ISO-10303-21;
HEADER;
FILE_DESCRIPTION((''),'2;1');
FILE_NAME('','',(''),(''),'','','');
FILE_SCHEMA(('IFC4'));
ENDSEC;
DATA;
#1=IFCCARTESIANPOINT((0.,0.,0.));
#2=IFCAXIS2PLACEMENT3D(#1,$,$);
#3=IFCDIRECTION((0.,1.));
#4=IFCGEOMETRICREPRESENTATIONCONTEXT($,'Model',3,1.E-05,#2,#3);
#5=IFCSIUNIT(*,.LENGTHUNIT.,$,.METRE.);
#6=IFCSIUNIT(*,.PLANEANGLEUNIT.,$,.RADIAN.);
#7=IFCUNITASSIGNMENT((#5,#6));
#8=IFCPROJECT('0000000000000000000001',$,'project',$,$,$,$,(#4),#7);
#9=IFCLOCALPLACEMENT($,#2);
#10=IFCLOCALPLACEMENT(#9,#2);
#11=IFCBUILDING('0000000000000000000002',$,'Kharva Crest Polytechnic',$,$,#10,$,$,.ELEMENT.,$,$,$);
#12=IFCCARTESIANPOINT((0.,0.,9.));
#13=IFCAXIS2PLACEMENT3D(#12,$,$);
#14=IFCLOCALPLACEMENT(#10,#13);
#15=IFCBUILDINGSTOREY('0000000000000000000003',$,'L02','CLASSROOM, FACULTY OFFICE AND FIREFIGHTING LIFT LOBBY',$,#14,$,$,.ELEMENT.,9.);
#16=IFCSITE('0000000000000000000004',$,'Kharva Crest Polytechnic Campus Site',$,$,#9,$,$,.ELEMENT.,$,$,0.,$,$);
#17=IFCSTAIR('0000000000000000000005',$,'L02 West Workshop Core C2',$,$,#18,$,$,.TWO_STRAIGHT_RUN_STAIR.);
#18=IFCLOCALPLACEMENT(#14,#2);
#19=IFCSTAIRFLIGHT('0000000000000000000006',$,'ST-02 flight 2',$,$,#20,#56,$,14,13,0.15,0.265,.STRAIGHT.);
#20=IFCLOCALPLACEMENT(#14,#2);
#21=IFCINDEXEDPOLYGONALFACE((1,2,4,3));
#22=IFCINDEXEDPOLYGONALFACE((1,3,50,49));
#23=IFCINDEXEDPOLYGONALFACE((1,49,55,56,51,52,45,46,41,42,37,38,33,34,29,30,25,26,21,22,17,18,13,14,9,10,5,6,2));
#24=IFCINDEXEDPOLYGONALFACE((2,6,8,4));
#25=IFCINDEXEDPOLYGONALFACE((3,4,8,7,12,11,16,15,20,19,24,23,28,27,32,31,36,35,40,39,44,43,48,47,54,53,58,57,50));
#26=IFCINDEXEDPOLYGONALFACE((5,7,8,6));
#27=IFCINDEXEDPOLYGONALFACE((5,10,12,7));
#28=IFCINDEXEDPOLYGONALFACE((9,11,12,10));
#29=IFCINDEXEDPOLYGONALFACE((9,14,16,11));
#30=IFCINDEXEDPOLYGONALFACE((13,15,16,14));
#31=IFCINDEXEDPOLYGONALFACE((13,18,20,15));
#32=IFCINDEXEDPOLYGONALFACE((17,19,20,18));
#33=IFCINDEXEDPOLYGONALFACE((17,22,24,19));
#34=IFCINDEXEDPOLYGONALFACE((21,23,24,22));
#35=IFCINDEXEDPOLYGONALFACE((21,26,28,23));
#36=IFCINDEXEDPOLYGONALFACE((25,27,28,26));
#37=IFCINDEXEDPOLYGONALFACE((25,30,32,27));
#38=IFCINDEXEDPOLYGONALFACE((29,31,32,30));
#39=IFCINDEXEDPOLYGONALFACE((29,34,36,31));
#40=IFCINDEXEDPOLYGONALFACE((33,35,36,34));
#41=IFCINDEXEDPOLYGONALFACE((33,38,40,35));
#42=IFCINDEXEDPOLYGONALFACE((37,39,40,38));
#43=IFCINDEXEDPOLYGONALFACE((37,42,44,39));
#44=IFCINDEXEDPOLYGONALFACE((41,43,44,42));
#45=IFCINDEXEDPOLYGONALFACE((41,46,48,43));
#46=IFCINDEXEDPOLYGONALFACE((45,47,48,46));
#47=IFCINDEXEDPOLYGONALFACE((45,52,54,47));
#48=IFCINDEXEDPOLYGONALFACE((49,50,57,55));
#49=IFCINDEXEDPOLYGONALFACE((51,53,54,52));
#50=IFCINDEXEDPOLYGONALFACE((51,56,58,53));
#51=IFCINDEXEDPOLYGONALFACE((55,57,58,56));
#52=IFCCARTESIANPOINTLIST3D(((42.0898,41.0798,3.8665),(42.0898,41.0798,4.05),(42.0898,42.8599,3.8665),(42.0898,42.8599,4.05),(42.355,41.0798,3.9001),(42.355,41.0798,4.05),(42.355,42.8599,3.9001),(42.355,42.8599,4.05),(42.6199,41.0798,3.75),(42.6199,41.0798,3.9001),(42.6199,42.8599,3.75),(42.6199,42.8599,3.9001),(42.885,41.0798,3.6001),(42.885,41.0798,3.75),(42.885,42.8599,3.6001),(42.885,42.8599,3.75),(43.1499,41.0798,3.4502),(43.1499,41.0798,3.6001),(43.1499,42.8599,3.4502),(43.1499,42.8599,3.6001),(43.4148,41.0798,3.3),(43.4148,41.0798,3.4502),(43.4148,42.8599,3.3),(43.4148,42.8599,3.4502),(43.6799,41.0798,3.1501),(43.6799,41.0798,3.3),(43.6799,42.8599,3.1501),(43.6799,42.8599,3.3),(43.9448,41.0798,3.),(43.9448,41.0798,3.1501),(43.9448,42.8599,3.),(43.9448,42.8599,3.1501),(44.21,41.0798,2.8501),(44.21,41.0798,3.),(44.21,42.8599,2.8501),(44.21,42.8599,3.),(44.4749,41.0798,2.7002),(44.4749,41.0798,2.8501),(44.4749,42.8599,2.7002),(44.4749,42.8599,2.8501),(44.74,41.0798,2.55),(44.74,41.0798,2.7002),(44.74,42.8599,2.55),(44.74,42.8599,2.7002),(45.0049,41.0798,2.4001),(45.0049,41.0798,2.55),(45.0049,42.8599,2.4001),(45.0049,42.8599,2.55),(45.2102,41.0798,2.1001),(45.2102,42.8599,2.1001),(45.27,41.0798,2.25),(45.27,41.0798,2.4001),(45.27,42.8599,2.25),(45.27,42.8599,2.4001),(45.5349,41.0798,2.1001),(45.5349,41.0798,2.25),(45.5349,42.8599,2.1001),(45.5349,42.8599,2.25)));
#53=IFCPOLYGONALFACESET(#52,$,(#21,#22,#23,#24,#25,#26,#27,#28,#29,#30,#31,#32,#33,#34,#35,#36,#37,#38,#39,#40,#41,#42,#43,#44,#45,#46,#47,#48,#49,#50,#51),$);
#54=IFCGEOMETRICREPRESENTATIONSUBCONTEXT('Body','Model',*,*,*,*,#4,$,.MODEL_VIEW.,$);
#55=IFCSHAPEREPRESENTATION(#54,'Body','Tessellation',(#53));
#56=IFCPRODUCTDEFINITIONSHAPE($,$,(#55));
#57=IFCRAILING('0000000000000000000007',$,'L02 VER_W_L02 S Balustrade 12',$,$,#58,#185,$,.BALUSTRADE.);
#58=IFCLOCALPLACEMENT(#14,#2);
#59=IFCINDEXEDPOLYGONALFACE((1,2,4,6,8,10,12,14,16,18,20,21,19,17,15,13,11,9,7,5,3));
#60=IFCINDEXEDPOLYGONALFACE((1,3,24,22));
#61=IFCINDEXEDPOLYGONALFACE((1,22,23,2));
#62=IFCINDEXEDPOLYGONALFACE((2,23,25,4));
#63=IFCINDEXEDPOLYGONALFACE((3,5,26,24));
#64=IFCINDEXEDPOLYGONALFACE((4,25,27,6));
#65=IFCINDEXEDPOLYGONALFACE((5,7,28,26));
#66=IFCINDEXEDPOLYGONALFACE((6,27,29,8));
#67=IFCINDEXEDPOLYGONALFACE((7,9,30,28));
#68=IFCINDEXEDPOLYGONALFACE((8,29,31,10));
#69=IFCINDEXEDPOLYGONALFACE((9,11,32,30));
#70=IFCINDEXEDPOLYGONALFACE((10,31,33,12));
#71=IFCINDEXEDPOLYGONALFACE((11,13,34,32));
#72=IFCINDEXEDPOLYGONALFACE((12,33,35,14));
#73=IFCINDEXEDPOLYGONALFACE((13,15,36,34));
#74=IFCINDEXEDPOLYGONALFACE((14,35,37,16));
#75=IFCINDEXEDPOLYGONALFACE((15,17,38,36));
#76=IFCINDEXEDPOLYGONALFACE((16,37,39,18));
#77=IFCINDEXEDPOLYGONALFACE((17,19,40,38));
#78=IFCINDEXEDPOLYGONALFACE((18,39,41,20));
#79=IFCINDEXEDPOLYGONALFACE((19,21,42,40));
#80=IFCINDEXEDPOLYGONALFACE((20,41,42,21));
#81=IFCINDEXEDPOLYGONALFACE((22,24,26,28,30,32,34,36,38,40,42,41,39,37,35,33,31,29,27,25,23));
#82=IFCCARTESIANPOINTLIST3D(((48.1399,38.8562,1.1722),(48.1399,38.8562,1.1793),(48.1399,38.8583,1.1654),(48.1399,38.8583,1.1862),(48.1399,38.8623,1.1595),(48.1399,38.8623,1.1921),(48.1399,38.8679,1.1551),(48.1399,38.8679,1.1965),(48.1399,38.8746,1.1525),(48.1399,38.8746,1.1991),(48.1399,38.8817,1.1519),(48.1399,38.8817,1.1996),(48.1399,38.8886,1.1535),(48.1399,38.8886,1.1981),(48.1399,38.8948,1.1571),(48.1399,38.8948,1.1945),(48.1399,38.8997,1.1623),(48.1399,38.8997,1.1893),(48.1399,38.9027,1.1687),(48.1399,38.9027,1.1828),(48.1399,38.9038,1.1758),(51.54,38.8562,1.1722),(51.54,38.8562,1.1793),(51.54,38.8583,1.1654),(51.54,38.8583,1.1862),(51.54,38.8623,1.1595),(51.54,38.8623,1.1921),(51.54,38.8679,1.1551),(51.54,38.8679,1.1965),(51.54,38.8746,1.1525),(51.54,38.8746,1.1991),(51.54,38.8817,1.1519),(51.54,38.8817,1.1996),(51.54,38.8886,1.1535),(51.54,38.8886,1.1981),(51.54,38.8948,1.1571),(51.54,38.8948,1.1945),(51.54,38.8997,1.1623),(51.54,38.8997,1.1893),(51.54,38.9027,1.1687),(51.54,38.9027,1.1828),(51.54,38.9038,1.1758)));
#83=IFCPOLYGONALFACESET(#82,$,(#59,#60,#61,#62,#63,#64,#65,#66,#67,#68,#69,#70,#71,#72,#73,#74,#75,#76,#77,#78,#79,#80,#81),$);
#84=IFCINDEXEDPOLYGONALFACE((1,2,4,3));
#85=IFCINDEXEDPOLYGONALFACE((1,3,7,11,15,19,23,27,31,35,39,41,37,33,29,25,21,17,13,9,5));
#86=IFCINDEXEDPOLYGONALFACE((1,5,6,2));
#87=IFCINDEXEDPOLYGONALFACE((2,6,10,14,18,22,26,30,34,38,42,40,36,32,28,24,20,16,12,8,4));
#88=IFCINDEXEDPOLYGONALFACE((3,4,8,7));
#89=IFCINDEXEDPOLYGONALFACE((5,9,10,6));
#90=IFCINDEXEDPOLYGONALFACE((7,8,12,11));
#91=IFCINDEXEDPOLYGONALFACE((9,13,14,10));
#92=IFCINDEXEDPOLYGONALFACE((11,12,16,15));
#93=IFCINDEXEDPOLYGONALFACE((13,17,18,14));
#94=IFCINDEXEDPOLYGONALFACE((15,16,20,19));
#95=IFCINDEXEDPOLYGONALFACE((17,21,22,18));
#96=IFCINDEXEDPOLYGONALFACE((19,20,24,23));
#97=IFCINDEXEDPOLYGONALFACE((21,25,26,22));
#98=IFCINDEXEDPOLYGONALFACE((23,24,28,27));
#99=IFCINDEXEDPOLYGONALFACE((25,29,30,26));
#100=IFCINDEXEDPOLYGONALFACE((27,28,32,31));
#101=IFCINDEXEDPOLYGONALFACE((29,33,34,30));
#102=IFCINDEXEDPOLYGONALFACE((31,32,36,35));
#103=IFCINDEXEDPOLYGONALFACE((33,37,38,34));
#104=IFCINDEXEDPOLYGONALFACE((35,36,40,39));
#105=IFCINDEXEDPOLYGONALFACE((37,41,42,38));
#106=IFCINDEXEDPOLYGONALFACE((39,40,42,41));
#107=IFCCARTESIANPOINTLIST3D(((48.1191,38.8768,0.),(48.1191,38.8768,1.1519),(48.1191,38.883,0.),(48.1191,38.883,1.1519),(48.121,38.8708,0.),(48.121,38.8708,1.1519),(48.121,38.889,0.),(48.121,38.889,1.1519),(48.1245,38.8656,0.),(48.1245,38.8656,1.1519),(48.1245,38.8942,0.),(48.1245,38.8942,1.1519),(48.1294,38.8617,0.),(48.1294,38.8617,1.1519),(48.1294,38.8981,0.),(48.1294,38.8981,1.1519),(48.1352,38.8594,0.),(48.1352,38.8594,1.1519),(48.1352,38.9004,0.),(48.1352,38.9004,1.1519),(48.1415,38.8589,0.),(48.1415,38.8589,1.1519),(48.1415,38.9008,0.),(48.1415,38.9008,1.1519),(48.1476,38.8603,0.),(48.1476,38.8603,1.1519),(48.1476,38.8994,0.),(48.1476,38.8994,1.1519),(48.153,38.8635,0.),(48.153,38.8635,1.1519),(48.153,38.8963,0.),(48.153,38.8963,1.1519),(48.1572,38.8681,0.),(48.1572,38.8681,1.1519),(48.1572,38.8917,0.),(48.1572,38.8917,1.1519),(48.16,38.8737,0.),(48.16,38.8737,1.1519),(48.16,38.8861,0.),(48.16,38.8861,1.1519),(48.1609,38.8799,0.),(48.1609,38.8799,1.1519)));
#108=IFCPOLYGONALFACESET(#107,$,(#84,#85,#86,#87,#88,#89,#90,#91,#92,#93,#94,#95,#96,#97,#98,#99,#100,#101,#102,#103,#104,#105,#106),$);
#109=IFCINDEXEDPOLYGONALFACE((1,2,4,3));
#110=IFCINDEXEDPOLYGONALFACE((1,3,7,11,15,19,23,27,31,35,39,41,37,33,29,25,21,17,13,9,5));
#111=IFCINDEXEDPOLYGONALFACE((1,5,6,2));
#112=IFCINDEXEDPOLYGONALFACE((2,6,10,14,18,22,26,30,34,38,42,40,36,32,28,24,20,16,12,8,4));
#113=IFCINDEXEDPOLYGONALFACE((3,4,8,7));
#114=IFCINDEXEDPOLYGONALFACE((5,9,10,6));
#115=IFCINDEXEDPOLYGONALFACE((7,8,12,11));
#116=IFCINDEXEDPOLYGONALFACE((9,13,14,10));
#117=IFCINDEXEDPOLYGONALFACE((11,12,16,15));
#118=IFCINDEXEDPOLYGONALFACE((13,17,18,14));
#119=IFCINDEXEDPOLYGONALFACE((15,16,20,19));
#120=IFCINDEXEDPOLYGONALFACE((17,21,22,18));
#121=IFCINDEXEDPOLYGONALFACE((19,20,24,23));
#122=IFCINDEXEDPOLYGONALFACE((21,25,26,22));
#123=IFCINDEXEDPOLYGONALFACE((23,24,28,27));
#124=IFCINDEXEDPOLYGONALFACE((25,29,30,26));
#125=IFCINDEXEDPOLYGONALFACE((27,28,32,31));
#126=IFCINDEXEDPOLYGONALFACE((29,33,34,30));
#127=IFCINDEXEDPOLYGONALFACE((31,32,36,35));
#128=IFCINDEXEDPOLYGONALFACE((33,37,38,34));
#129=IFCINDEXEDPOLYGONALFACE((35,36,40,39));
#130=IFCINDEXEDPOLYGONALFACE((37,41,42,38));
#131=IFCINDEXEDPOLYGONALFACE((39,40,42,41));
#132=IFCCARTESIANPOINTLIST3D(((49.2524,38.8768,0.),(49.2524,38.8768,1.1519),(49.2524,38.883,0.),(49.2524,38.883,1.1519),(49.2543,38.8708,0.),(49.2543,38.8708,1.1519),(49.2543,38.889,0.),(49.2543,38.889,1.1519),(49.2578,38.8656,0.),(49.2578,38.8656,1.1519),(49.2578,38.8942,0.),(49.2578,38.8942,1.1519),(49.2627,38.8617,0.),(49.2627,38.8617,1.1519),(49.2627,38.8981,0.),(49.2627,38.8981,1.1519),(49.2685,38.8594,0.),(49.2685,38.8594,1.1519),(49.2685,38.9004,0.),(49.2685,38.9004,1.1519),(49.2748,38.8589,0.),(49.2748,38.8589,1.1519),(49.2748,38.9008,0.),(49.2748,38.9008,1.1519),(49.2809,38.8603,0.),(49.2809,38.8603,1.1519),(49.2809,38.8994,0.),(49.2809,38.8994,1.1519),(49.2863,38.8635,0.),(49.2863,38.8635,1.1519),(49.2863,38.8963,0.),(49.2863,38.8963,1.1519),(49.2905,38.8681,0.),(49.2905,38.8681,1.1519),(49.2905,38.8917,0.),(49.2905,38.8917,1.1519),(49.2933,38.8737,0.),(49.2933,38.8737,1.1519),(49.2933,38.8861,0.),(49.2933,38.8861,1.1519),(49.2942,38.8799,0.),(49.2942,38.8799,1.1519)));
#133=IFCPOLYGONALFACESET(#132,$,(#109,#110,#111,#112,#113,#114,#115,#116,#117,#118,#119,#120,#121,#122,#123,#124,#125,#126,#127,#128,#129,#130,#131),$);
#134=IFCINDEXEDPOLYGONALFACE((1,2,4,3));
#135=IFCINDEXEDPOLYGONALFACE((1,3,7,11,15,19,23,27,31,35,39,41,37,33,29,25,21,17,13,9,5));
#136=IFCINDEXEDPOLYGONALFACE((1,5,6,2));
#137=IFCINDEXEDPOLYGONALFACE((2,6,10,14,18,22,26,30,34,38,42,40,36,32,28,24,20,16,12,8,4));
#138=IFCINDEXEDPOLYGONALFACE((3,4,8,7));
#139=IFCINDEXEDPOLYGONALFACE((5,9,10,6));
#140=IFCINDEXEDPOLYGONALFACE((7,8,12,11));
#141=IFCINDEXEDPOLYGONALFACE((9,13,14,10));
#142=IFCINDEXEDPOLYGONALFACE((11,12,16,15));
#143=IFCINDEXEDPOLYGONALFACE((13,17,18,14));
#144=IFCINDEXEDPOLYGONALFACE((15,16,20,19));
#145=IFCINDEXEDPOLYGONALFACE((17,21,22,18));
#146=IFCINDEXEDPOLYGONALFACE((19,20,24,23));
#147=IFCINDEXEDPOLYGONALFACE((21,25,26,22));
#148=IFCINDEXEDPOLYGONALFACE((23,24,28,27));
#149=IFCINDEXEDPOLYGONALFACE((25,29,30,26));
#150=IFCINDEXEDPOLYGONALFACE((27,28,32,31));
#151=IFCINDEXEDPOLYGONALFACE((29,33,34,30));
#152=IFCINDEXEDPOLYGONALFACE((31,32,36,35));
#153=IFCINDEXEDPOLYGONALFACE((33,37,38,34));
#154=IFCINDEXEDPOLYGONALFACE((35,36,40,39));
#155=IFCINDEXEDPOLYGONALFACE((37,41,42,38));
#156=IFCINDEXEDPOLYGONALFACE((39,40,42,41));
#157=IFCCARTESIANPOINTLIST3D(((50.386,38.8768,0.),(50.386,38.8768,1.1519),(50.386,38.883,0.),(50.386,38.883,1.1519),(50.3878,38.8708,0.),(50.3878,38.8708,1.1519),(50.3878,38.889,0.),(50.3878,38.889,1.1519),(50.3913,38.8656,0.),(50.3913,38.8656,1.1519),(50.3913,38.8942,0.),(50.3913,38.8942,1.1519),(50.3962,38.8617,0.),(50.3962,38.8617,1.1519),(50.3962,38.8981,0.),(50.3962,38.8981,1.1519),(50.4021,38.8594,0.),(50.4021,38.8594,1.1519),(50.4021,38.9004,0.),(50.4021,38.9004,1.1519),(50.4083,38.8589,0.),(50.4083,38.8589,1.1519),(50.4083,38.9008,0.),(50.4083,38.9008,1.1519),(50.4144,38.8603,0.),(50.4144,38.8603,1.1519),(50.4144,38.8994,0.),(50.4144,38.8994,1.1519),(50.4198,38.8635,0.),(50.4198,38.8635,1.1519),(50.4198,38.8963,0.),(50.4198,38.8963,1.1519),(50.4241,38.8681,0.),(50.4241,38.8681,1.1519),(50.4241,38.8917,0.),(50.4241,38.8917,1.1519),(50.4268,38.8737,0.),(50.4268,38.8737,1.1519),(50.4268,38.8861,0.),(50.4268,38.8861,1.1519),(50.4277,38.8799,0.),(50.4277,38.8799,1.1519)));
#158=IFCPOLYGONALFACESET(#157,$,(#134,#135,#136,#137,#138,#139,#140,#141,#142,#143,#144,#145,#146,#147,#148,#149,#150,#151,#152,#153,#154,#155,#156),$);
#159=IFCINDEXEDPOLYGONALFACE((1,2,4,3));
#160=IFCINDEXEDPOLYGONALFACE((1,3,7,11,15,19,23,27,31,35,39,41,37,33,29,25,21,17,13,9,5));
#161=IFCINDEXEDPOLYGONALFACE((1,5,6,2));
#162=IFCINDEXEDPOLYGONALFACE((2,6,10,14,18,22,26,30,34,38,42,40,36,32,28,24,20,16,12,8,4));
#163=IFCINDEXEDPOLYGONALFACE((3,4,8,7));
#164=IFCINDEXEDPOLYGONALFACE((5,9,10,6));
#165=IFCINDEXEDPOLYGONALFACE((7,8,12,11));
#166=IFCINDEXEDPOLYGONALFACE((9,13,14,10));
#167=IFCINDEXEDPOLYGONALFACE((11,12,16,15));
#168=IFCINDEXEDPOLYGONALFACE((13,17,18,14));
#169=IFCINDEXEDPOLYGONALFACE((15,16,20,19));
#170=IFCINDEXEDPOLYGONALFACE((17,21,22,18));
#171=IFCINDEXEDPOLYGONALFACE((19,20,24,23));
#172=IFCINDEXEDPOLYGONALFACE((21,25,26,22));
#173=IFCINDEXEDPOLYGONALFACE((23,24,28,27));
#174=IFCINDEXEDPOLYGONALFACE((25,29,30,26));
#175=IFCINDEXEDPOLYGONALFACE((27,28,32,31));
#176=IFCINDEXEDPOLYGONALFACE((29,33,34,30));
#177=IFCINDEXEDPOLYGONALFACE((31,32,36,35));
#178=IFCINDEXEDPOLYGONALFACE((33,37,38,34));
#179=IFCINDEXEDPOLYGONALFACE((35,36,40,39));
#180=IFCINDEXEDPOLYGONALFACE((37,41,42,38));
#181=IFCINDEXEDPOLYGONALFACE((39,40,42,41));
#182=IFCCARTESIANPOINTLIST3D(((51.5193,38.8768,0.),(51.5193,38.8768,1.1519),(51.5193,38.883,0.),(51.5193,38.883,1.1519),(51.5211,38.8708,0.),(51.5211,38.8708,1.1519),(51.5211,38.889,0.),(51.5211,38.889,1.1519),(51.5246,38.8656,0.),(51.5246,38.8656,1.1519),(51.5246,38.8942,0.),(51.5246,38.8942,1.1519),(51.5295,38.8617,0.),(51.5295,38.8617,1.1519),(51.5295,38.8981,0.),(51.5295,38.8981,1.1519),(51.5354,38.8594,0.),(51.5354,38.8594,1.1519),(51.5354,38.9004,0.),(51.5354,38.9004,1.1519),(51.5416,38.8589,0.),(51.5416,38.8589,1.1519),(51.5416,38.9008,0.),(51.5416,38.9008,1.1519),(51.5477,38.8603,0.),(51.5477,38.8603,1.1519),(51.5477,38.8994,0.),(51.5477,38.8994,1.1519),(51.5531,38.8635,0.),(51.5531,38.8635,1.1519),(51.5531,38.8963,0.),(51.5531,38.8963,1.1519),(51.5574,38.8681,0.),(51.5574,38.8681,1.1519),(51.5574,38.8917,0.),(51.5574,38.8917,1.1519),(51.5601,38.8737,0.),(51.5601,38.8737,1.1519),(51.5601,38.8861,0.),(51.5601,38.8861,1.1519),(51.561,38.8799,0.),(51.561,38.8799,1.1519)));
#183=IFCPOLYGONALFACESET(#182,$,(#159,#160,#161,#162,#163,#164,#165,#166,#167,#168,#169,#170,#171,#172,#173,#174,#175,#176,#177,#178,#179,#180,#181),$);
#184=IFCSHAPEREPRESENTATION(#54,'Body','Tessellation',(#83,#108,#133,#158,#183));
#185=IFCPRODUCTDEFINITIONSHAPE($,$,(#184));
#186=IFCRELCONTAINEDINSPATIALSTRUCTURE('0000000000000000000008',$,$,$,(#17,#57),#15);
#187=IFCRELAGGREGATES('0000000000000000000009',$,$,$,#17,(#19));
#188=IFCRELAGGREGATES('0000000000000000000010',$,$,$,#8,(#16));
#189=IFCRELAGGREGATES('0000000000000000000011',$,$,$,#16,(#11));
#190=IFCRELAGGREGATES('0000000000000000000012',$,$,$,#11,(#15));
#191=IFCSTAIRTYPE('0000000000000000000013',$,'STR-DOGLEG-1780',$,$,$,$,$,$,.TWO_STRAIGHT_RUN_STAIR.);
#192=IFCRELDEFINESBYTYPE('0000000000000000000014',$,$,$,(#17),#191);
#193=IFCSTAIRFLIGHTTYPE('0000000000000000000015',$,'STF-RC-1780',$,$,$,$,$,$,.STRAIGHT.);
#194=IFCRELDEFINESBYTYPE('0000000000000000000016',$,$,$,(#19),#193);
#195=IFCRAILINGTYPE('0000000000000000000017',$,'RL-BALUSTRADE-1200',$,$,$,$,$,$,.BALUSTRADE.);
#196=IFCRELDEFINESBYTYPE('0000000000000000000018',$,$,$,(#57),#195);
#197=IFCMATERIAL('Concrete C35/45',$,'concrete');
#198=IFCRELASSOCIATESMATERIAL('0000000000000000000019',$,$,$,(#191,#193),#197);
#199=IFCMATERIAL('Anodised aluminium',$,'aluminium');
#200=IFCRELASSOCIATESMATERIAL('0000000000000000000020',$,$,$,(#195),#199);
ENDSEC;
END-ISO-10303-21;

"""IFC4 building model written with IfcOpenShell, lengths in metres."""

from ifc_helpers import new_model, si_unit, direction, frame, origin, origin_2d, place, context, subcontext, project, spatial, polyline, circle, outline, extrude, material, type_object, element, aggregate, save


model = new_model("IFC4")

# Units and contexts
model_context = context("Model", 3, precision=1e-05, world=origin(), true_north=direction((0.0, 1.0)))
body_context = subcontext(model_context, "Body", "Model", "MODEL_VIEW")
ifc_project = project(units=[si_unit("LENGTHUNIT", "METRE"), si_unit("PLANEANGLEUNIT", "RADIAN")], contexts=[model_context])

# Site, building, storey
site_placement = place(None, origin())
site = spatial("IfcSite", under=ifc_project, at=site_placement, Name="Kharva Crest Polytechnic Campus Site", CompositionType="ELEMENT", RefElevation=0.0)
building_placement = place(site_placement, origin())
building = spatial("IfcBuilding", under=site, at=building_placement, Name="Kharva Crest Polytechnic", CompositionType="ELEMENT")
storey_placement = place(building_placement, frame((0.0, 0.0, 9.0)))
storey = spatial("IfcBuildingStorey", under=building, at=storey_placement, Name="L02", Description="CLASSROOM, FACULTY OFFICE AND FIREFIGHTING LIFT LOBBY", CompositionType="ELEMENT", Elevation=9.0)

# Shared definitions
ifc_material_1 = material(Name="Anodised aluminium", Category="aluminium")

# Stair, stair flight
ifc_material_2 = material(Name="Concrete C35/45", Category="concrete")
stair_type = type_object("IfcStairType", Name="STR-DOGLEG-1780", PredefinedType="TWO_STRAIGHT_RUN_STAIR", material=ifc_material_2)
stair_placement = place(storey_placement, origin())
stair = element("IfcStair", 1, at=stair_placement, inside=storey, type_object=stair_type, Name="L02 West Workshop Core C2", PredefinedType="TWO_STRAIGHT_RUN_STAIR")
stair_flight_type = type_object("IfcStairFlightType", Name="STF-RC-1780", PredefinedType="STRAIGHT", material=ifc_material_2)
stair_flight_1_placement = place(storey_placement, frame((45.5349, 41.97, 2.1001), z_axis=(0.0, 0.0, 1.0), x_axis=(-1.0, 0.0, 0.0)))
stair_flight_1 = element("IfcStairFlight", 2, at=stair_flight_1_placement, type_object=stair_flight_type, Name="ST-02 flight 2", NumberOfRisers=14, NumberOfTreads=13, PredefinedType="STRAIGHT", RiserHeight=0.15, TreadLength=0.265, context=body_context, shape_type="SweptSolid", body=[
    extrude(outline(polyline([(0.0, 0.0), (0.0, 0.1499), (0.2649, 0.1499), (0.2649, 0.3), (0.53, 0.3), (0.53, 0.45), (0.7949, 0.45), (0.7949, 0.6001), (1.0601, 0.6001), (1.0601, 0.75), (1.325, 0.75), (1.325, 0.8999), (1.5901, 0.8999), (1.5901, 1.05), (1.855, 1.05), (1.855, 1.2), (2.1201, 1.2), (2.1201, 1.3501), (2.385, 1.3501), (2.385, 1.5), (2.6499, 1.5), (2.6499, 1.6499), (2.915, 1.6499), (2.915, 1.8), (3.1799, 1.8), (3.1799, 1.95), (3.4451, 1.95), (3.4451, 2.1001), (3.4451, 1.7664), (0.3247, 0.0), (0.0, 0.0)])), frame((0.0, 0.8901, 0.0), z_axis=(0.0, -1.0, 0.0), x_axis=(1.0, 0.0, 0.0)), (0.0, 0.0, 1.0), 1.78),
])
aggregate(stair, [stair_flight_1])

# Railing
railing_type_1 = type_object("IfcRailingType", Name="RL-BALUSTRADE-1200", PredefinedType="BALUSTRADE", material=ifc_material_1)
railing_1_placement = place(storey_placement, frame((48.1399, 38.8799, 0.0)))
element("IfcRailing", 3, at=railing_1_placement, inside=storey, type_object=railing_type_1, Name="L02 VER_W_L02 S Balustrade 12", PredefinedType="BALUSTRADE", context=body_context, shape_type="SweptSolid", body=[
    extrude(circle(Radius=0.0239, at=origin_2d()), frame((0.0, 0.0, 1.1758), z_axis=(1.0, 0.0, 0.0), x_axis=(0.0, 1.0, 0.0)), (0.0, 0.0, 1.0), 3.4001),
    extrude(circle(Radius=0.021, at=origin_2d()), origin(), (0.0, 0.0, 1.0), 1.1519),
    extrude(circle(Radius=0.021, at=origin_2d()), frame((1.1333, 0.0, 0.0)), (0.0, 0.0, 1.0), 1.1519),
    extrude(circle(Radius=0.021, at=origin_2d()), frame((2.2668, 0.0, 0.0)), (0.0, 0.0, 1.0), 1.1519),
    extrude(circle(Radius=0.021, at=origin_2d()), frame((3.4001, 0.0, 0.0)), (0.0, 0.0, 1.0), 1.1519),
])

save(model, "model.ifc")
